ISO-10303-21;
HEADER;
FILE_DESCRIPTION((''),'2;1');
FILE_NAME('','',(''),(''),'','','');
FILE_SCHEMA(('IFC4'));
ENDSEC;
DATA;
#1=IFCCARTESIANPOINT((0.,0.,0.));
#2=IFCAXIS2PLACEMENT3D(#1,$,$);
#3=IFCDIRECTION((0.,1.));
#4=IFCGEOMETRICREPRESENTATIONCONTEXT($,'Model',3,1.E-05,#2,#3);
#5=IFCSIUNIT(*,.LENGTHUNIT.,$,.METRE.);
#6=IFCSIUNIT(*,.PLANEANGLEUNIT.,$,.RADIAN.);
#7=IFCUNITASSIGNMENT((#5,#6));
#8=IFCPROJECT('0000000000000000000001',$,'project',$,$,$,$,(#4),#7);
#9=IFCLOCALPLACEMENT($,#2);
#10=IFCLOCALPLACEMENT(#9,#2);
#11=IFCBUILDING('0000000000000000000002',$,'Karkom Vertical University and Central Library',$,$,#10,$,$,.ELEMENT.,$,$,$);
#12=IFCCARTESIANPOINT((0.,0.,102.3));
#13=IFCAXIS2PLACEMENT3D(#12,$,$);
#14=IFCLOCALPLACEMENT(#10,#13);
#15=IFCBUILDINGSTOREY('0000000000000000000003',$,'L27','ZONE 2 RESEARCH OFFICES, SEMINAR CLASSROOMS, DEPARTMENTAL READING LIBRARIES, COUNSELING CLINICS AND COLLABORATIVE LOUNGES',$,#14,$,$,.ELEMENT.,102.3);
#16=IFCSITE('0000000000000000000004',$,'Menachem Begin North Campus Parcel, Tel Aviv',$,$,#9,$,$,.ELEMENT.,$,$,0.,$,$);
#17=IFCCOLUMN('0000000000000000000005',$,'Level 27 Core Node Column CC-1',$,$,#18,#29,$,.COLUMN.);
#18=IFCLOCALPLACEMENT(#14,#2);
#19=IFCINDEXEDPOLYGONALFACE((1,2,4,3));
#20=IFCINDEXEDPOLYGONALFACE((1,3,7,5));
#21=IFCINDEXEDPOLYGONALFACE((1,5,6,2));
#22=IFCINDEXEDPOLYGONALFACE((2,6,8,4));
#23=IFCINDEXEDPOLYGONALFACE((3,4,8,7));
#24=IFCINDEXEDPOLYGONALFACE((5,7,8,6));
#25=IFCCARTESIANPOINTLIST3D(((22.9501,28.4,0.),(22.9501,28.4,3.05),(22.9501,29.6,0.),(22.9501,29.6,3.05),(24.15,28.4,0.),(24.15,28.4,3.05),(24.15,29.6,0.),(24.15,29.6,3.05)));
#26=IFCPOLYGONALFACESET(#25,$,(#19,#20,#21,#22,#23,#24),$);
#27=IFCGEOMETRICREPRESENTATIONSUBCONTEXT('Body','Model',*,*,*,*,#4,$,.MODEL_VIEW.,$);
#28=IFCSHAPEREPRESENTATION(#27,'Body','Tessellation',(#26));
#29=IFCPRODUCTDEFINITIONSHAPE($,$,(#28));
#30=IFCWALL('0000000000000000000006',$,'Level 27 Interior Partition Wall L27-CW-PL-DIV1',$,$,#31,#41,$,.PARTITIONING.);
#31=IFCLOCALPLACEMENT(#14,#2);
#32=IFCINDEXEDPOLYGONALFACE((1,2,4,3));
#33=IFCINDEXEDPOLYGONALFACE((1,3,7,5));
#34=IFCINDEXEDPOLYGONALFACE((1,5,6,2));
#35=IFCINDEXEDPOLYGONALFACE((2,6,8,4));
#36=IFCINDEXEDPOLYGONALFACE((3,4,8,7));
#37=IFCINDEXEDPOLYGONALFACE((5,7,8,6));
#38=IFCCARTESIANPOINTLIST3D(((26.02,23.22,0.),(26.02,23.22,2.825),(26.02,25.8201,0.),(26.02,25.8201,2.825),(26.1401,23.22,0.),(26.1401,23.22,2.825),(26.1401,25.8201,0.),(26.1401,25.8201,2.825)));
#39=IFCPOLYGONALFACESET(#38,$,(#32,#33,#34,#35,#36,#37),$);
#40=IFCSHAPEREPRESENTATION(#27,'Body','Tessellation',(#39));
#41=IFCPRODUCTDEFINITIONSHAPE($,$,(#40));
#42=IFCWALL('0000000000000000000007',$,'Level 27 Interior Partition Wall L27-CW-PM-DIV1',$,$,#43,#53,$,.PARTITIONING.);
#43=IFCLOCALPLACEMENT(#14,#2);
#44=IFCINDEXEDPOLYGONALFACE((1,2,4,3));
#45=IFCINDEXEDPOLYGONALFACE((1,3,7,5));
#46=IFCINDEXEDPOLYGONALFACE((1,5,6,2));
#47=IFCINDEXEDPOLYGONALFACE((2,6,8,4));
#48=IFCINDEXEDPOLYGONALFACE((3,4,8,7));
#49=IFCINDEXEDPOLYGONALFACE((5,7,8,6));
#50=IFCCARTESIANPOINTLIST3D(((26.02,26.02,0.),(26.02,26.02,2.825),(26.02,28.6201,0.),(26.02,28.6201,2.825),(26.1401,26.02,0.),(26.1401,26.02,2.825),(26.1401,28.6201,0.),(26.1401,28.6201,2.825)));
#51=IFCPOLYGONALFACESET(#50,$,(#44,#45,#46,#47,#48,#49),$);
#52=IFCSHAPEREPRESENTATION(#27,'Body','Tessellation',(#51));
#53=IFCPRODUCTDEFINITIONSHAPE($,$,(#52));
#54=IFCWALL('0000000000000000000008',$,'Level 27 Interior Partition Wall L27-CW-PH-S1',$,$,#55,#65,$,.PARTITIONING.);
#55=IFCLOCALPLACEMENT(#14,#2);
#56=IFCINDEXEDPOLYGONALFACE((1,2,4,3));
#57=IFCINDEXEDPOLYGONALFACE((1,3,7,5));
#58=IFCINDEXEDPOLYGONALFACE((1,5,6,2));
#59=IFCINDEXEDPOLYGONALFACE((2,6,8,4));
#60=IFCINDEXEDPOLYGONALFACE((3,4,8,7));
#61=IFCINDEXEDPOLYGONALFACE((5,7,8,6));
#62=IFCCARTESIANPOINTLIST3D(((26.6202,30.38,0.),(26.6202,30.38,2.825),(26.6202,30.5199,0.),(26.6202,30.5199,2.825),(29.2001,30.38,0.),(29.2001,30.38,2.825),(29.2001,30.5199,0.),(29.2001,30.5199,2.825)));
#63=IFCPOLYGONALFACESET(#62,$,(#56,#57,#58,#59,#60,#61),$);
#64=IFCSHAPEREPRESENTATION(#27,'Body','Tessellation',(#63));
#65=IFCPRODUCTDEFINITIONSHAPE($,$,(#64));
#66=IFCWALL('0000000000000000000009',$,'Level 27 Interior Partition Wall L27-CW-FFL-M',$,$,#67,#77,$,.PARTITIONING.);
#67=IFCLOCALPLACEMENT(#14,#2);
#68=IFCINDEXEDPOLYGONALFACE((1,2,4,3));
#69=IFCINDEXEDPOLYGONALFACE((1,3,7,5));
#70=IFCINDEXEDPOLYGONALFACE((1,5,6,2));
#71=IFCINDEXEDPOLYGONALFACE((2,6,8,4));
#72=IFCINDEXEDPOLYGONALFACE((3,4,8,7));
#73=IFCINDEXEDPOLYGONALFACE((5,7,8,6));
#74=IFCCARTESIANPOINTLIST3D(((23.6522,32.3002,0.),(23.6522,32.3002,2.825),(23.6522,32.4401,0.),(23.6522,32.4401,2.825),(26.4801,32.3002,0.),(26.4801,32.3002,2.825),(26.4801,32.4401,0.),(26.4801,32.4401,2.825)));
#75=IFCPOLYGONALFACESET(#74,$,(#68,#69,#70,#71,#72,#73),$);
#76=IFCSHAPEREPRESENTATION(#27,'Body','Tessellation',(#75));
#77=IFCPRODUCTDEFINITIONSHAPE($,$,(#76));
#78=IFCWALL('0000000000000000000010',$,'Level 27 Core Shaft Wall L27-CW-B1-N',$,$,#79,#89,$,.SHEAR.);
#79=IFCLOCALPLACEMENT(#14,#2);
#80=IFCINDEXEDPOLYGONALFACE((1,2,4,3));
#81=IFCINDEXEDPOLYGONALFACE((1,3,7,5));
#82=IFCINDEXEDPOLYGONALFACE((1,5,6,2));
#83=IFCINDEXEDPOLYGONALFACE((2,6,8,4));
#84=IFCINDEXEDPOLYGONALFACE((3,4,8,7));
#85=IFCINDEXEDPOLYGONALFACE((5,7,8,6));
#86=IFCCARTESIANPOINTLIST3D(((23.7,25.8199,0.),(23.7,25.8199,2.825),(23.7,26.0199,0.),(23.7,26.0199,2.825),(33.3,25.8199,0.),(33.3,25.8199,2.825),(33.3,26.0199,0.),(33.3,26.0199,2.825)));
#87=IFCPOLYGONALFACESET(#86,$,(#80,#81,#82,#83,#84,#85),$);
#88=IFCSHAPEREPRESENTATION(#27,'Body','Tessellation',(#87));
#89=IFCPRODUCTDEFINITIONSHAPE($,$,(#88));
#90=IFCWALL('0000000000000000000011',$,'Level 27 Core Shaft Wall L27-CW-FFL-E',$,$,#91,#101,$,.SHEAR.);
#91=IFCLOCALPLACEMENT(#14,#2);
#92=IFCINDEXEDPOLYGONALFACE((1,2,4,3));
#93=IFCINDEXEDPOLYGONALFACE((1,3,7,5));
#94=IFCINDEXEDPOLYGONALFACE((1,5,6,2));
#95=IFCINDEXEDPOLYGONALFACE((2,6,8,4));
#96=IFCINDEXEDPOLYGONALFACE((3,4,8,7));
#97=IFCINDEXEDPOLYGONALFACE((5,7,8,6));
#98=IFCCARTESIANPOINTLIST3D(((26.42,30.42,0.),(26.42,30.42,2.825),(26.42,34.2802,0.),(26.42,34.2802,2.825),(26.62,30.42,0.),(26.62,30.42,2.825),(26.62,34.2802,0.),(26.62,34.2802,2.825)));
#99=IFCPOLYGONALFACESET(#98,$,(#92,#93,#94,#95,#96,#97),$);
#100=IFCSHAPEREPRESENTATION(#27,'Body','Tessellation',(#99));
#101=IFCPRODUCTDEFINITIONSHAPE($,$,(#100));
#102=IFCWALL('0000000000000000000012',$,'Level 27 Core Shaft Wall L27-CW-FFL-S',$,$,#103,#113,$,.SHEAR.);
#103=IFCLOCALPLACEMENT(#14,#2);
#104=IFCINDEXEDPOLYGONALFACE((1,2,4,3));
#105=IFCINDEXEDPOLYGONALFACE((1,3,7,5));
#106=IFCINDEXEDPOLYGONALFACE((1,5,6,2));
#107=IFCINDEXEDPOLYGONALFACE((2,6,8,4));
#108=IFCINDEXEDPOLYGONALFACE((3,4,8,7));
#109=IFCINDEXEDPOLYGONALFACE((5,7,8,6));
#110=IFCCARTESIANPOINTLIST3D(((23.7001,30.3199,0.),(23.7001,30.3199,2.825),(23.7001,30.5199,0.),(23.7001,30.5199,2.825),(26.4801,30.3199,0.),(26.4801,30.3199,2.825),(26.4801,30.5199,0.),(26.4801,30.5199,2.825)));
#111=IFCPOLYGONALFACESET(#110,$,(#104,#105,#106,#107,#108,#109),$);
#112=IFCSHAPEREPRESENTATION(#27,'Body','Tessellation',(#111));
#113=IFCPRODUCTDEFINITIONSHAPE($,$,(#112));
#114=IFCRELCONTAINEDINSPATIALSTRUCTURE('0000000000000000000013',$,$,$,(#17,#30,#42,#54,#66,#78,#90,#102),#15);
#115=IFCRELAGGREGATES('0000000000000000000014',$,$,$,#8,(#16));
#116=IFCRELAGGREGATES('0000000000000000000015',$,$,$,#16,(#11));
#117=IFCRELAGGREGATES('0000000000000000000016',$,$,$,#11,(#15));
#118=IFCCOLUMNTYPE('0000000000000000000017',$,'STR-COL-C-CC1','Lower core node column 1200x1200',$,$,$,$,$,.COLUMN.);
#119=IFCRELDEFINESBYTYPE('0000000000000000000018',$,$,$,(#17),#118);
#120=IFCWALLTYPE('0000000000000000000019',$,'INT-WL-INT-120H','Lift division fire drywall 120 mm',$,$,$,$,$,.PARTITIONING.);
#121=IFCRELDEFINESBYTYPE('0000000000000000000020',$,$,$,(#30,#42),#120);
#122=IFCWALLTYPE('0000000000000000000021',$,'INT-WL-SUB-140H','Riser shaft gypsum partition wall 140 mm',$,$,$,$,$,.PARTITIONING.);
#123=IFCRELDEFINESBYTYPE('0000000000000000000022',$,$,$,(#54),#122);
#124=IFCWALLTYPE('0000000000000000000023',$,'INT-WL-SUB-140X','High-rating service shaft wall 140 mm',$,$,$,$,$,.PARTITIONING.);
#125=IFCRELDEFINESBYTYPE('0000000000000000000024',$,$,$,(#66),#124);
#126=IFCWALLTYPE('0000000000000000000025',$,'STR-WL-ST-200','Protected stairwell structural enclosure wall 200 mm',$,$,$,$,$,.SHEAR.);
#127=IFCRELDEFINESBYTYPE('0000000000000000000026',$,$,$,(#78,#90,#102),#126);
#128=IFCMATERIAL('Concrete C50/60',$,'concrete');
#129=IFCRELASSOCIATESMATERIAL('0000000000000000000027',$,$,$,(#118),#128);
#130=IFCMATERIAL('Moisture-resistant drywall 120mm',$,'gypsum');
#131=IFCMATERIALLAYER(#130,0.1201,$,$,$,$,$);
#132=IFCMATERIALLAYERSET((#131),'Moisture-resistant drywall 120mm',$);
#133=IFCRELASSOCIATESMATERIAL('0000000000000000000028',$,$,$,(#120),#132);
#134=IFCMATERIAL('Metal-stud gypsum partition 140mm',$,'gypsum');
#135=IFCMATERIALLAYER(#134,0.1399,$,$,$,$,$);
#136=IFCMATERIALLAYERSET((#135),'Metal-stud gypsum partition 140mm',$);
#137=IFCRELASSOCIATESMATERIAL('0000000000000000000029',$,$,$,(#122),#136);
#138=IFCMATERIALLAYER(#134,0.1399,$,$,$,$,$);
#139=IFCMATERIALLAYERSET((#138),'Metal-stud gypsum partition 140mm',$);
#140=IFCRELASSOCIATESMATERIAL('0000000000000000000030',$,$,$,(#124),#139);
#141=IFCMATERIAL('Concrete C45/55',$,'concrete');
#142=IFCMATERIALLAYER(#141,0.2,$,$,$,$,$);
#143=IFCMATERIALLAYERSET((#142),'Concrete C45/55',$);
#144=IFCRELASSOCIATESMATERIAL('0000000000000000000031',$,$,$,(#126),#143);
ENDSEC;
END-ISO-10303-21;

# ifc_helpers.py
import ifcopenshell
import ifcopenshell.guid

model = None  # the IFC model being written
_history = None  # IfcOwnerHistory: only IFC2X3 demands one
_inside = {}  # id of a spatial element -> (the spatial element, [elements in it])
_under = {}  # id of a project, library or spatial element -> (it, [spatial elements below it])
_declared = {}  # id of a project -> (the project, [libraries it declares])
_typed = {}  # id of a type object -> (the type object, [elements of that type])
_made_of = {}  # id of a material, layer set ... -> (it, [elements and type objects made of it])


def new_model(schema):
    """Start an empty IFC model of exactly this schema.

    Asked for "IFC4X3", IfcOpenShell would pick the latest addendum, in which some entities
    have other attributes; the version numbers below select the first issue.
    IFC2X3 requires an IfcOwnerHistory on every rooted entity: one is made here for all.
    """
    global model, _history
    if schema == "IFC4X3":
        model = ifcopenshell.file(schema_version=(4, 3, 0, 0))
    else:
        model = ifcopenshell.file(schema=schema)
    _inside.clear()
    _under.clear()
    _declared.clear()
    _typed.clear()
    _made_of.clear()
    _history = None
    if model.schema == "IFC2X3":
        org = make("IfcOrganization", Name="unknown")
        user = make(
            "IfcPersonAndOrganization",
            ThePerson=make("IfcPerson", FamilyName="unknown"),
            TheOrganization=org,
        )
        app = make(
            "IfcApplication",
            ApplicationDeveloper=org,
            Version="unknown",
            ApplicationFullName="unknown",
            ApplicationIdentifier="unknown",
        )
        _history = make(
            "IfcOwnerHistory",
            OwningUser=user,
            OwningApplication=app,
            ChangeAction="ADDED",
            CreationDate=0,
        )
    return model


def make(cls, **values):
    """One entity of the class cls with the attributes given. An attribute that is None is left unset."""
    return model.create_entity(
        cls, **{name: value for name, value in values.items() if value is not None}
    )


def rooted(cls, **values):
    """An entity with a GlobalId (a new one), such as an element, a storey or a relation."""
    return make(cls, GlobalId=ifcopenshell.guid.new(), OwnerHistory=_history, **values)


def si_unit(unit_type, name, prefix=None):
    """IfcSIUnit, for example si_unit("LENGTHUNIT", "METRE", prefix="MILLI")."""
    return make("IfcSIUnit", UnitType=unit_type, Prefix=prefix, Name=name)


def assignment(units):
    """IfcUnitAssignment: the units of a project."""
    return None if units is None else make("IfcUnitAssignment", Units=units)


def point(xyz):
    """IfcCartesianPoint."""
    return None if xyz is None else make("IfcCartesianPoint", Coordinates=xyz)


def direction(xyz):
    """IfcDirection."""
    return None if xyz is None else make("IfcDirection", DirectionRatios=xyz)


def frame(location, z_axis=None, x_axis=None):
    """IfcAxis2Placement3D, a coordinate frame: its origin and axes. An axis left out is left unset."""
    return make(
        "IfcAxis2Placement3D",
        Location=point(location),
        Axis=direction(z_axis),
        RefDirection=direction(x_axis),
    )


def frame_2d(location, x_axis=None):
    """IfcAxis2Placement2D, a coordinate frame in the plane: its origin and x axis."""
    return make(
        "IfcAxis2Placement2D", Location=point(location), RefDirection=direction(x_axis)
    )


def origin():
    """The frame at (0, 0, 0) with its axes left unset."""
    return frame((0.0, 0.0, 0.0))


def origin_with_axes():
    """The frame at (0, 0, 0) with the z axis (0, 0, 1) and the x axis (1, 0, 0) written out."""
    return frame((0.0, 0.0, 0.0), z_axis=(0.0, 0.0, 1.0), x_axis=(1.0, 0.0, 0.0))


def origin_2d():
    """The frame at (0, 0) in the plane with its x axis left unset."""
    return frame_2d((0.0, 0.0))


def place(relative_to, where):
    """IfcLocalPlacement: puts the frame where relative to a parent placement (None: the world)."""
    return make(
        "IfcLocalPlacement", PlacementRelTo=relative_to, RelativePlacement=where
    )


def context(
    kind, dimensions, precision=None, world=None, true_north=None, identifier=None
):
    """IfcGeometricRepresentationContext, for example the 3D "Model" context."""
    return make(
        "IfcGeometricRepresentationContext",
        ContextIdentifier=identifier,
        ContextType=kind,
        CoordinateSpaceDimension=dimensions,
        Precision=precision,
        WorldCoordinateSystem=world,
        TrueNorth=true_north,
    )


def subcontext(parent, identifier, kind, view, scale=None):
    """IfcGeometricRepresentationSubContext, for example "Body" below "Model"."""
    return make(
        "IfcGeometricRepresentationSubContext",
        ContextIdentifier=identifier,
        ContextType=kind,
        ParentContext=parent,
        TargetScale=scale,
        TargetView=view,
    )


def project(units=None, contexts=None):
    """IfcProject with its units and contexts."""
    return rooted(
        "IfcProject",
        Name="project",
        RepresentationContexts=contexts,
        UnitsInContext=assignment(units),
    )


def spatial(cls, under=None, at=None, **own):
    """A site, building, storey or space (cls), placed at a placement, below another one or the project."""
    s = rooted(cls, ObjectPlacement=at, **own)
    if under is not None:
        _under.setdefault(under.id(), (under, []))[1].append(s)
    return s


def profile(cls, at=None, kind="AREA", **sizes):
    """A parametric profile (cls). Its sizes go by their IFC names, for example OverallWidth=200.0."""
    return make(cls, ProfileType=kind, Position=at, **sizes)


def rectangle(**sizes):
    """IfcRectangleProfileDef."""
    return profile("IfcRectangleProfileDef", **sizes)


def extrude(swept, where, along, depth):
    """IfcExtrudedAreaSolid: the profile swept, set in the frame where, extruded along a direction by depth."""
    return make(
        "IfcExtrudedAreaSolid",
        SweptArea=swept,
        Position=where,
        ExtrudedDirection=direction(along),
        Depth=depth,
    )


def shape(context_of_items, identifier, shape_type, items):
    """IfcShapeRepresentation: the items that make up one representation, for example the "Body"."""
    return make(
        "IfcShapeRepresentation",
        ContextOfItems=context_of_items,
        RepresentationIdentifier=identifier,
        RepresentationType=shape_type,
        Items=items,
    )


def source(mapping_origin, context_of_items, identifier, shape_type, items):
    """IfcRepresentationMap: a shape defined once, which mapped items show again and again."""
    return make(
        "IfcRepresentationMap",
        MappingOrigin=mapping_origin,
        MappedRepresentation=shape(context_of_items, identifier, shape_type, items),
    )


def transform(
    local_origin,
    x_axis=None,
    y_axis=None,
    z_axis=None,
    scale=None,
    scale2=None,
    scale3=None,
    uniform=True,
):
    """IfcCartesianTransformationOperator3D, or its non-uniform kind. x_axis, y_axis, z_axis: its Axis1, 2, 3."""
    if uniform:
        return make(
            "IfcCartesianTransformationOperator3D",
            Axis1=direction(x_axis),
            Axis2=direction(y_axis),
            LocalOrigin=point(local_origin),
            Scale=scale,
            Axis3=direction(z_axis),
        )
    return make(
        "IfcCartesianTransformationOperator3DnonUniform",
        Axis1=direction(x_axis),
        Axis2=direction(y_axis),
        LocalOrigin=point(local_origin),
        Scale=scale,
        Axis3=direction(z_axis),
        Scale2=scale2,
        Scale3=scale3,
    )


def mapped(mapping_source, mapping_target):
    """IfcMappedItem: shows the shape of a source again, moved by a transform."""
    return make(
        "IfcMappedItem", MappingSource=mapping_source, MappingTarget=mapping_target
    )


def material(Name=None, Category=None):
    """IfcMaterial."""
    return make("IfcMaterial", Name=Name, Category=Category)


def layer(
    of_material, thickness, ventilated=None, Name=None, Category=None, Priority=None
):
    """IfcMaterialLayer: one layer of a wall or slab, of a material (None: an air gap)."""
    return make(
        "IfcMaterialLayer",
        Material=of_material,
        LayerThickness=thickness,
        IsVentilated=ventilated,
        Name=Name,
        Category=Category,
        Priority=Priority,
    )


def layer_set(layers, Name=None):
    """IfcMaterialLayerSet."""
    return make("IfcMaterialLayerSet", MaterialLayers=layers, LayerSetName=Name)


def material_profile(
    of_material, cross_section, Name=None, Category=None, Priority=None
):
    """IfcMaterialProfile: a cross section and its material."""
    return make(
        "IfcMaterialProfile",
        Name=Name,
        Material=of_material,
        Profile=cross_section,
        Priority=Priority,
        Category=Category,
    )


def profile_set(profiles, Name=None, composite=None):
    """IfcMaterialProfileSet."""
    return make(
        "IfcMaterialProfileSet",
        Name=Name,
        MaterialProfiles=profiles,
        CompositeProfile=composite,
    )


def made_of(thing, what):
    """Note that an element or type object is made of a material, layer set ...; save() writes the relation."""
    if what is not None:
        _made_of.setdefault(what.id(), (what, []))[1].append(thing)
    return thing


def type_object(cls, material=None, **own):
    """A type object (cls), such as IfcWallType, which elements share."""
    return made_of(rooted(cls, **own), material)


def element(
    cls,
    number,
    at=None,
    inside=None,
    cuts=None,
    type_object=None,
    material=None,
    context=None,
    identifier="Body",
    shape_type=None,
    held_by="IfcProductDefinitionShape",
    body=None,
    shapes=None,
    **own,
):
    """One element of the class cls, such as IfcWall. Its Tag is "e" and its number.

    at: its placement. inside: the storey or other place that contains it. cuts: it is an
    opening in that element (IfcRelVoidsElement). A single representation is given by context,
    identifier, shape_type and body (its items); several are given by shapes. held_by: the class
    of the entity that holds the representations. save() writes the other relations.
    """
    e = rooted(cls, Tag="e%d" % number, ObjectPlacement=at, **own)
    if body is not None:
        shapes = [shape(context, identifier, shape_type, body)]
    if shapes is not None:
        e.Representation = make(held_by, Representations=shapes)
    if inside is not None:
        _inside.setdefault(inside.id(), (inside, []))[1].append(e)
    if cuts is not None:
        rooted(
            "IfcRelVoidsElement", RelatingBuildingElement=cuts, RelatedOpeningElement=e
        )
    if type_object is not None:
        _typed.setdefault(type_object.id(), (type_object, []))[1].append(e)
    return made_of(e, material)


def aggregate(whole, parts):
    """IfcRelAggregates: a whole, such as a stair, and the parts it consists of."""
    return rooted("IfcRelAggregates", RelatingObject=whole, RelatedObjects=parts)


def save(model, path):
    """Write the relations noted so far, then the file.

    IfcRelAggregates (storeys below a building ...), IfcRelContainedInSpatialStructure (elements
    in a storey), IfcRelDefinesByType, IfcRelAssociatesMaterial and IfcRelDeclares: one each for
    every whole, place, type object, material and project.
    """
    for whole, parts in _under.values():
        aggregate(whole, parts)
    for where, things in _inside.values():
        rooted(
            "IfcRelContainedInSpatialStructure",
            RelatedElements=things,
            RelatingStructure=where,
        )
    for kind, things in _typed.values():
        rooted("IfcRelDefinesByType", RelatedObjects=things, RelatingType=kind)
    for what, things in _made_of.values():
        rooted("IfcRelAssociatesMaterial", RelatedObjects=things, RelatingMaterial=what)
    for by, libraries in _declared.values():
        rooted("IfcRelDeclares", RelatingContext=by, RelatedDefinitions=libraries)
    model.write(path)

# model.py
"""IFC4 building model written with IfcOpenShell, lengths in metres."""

from ifc_helpers import new_model, si_unit, direction, frame, frame_2d, origin, origin_with_axes, origin_2d, place, context, subcontext, project, spatial, rectangle, extrude, source, transform, mapped, material, layer, layer_set, material_profile, profile_set, type_object, element, save


model = new_model("IFC4")

# Units and contexts
model_context = context("Model", 3, precision=1e-05, world=origin(), true_north=direction((0.0, 1.0)))
body_context = subcontext(model_context, "Body", "Model", "MODEL_VIEW")
ifc_project = project(units=[si_unit("LENGTHUNIT", "METRE"), si_unit("PLANEANGLEUNIT", "RADIAN")], contexts=[model_context])

# Site, building, storey
site_placement = place(None, origin())
site = spatial("IfcSite", under=ifc_project, at=site_placement, Name="Menachem Begin North Campus Parcel, Tel Aviv", CompositionType="ELEMENT", RefElevation=0.0)
building_placement = place(site_placement, origin())
building = spatial("IfcBuilding", under=site, at=building_placement, Name="Karkom Vertical University and Central Library", CompositionType="ELEMENT")
storey_placement = place(building_placement, frame((0.0, 0.0, 102.3)))
storey = spatial("IfcBuildingStorey", under=building, at=storey_placement, Name="L27", Description="ZONE 2 RESEARCH OFFICES, SEMINAR CLASSROOMS, DEPARTMENTAL READING LIBRARIES, COUNSELING CLINICS AND COLLABORATIVE LOUNGES", CompositionType="ELEMENT", Elevation=102.3)

# Column
ifc_material_1 = material(Name="Concrete C50/60", Category="concrete")
ifc_material_profile = material_profile(ifc_material_1, rectangle(XDim=1.2, YDim=1.2, at=origin_2d()), Name="RC-1200x1200")
ifc_profile_set = profile_set([ifc_material_profile], Name="Concrete C50/60")
column_type = type_object("IfcColumnType", Name="STR-COL-C-CC1", Description="Lower core node column 1200x1200", PredefinedType="COLUMN", material=ifc_profile_set)
shared_shape_1 = source(origin_with_axes(), body_context, "Body", "SweptSolid", [
    extrude(rectangle(XDim=1.2, YDim=1.2, at=origin_2d()), origin(), (0.0, 0.0, 1.0), 3.05),
])
column_placement = place(storey_placement, frame((23.55, 29.0, 0.0), z_axis=(0.0, 0.0, 1.0), x_axis=(1.0, 0.0, 0.0)))
element("IfcColumn", 1, at=column_placement, inside=storey, type_object=column_type, Name="Level 27 Core Node Column CC-1", PredefinedType="COLUMN", context=body_context, shape_type="MappedRepresentation", body=[
    mapped(shared_shape_1, transform((0.0, 0.0, 0.0), scale=1.0)),
])

# Walls
ifc_material_2 = material(Name="Moisture-resistant drywall 120mm", Category="gypsum")
ifc_layer_1 = layer(ifc_material_2, 0.1201)
ifc_layer_set_1 = layer_set([ifc_layer_1], Name="Moisture-resistant drywall 120mm")
wall_type_1 = type_object("IfcWallType", Name="INT-WL-INT-120H", Description="Lift division fire drywall 120 mm", PredefinedType="PARTITIONING", material=ifc_layer_set_1)
for number, where, z_axis, x_axis, name in (
    (2, (26.0801, 23.22, 0.0), (0.0, 0.0, 1.0), (0.0, 1.0, 0.0), "Level 27 Interior Partition Wall L27-CW-PL-DIV1"),
    (3, (26.0801, 26.02, 0.0), (0.0, 0.0, 1.0), (0.0, 1.0, 0.0), "Level 27 Interior Partition Wall L27-CW-PM-DIV1"),
):
    element("IfcWall", number, at=place(storey_placement, frame(where, z_axis=z_axis, x_axis=x_axis)), inside=storey, type_object=wall_type_1, Name=name, PredefinedType="PARTITIONING", context=body_context, shape_type="SweptSolid", body=[
        extrude(rectangle(XDim=2.6001, YDim=0.1201, at=frame_2d((1.3, 0.0))), origin(), (0.0, 0.0, 1.0), 2.825),
    ])
ifc_material_3 = material(Name="Metal-stud gypsum partition 140mm", Category="gypsum")
ifc_layer_2 = layer(ifc_material_3, 0.1399)
ifc_layer_set_2 = layer_set([ifc_layer_2], Name="Metal-stud gypsum partition 140mm")
wall_type_2 = type_object("IfcWallType", Name="INT-WL-SUB-140H", Description="Riser shaft gypsum partition wall 140 mm", PredefinedType="PARTITIONING", material=ifc_layer_set_2)
wall_1_placement = place(storey_placement, frame((26.6201, 30.45, 0.0), z_axis=(0.0, 0.0, 1.0), x_axis=(1.0, 0.0, 0.0)))
element("IfcWall", 4, at=wall_1_placement, inside=storey, type_object=wall_type_2, Name="Level 27 Interior Partition Wall L27-CW-PH-S1", PredefinedType="PARTITIONING", context=body_context, shape_type="SweptSolid", body=[
    extrude(rectangle(XDim=2.5798, YDim=0.1399, at=frame_2d((1.29, 0.0))), origin(), (0.0, 0.0, 1.0), 2.825),
])
ifc_layer_3 = layer(ifc_material_3, 0.1399)
ifc_layer_set_3 = layer_set([ifc_layer_3], Name="Metal-stud gypsum partition 140mm")
wall_type_3 = type_object("IfcWallType", Name="INT-WL-SUB-140X", Description="High-rating service shaft wall 140 mm", PredefinedType="PARTITIONING", material=ifc_layer_set_3)
wall_2_placement = place(storey_placement, frame((23.6521, 32.3701, 0.0), z_axis=(0.0, 0.0, 1.0), x_axis=(1.0, 0.0, 0.0)))
element("IfcWall", 5, at=wall_2_placement, inside=storey, type_object=wall_type_3, Name="Level 27 Interior Partition Wall L27-CW-FFL-M", PredefinedType="PARTITIONING", context=body_context, shape_type="SweptSolid", body=[
    extrude(rectangle(XDim=2.8279, YDim=0.1399, at=frame_2d((1.4141, 0.0))), origin(), (0.0, 0.0, 1.0), 2.825),
])

# Shared definitions
ifc_material_4 = material(Name="Concrete C45/55", Category="concrete")
ifc_layer_4 = layer(ifc_material_4, 0.2)
ifc_layer_set_4 = layer_set([ifc_layer_4], Name="Concrete C45/55")
wall_type_4 = type_object("IfcWallType", Name="STR-WL-ST-200", Description="Protected stairwell structural enclosure wall 200 mm", PredefinedType="SHEAR", material=ifc_layer_set_4)

# Wall
wall_3_placement = place(storey_placement, frame((23.7, 25.9199, 0.0), z_axis=(0.0, 0.0, 1.0), x_axis=(1.0, 0.0, 0.0)))
element("IfcWall", 6, at=wall_3_placement, inside=storey, type_object=wall_type_4, Name="Level 27 Core Shaft Wall L27-CW-B1-N", PredefinedType="SHEAR", context=body_context, shape_type="SweptSolid", body=[
    extrude(rectangle(XDim=9.6001, YDim=0.2, at=frame_2d((4.8, 0.0))), origin(), (0.0, 0.0, 1.0), 2.825),
])

# Walls
wall_4_placement = place(storey_placement, frame((26.52, 30.4199, 0.0), z_axis=(0.0, 0.0, 1.0), x_axis=(0.0, 1.0, 0.0)))
element("IfcWall", 7, at=wall_4_placement, inside=storey, type_object=wall_type_4, Name="Level 27 Core Shaft Wall L27-CW-FFL-E", PredefinedType="SHEAR", context=body_context, shape_type="SweptSolid", body=[
    extrude(rectangle(XDim=3.8601, YDim=0.2, at=frame_2d((1.9302, 0.0))), origin(), (0.0, 0.0, 1.0), 2.825),
])
wall_5_placement = place(storey_placement, frame((23.7, 30.4199, 0.0), z_axis=(0.0, 0.0, 1.0), x_axis=(1.0, 0.0, 0.0)))
element("IfcWall", 8, at=wall_5_placement, inside=storey, type_object=wall_type_4, Name="Level 27 Core Shaft Wall L27-CW-FFL-S", PredefinedType="SHEAR", context=body_context, shape_type="SweptSolid", body=[
    extrude(rectangle(XDim=2.78, YDim=0.2, at=frame_2d((1.3901, 0.0))), origin(), (0.0, 0.0, 1.0), 2.825),
])

save(model, "model.ifc")
